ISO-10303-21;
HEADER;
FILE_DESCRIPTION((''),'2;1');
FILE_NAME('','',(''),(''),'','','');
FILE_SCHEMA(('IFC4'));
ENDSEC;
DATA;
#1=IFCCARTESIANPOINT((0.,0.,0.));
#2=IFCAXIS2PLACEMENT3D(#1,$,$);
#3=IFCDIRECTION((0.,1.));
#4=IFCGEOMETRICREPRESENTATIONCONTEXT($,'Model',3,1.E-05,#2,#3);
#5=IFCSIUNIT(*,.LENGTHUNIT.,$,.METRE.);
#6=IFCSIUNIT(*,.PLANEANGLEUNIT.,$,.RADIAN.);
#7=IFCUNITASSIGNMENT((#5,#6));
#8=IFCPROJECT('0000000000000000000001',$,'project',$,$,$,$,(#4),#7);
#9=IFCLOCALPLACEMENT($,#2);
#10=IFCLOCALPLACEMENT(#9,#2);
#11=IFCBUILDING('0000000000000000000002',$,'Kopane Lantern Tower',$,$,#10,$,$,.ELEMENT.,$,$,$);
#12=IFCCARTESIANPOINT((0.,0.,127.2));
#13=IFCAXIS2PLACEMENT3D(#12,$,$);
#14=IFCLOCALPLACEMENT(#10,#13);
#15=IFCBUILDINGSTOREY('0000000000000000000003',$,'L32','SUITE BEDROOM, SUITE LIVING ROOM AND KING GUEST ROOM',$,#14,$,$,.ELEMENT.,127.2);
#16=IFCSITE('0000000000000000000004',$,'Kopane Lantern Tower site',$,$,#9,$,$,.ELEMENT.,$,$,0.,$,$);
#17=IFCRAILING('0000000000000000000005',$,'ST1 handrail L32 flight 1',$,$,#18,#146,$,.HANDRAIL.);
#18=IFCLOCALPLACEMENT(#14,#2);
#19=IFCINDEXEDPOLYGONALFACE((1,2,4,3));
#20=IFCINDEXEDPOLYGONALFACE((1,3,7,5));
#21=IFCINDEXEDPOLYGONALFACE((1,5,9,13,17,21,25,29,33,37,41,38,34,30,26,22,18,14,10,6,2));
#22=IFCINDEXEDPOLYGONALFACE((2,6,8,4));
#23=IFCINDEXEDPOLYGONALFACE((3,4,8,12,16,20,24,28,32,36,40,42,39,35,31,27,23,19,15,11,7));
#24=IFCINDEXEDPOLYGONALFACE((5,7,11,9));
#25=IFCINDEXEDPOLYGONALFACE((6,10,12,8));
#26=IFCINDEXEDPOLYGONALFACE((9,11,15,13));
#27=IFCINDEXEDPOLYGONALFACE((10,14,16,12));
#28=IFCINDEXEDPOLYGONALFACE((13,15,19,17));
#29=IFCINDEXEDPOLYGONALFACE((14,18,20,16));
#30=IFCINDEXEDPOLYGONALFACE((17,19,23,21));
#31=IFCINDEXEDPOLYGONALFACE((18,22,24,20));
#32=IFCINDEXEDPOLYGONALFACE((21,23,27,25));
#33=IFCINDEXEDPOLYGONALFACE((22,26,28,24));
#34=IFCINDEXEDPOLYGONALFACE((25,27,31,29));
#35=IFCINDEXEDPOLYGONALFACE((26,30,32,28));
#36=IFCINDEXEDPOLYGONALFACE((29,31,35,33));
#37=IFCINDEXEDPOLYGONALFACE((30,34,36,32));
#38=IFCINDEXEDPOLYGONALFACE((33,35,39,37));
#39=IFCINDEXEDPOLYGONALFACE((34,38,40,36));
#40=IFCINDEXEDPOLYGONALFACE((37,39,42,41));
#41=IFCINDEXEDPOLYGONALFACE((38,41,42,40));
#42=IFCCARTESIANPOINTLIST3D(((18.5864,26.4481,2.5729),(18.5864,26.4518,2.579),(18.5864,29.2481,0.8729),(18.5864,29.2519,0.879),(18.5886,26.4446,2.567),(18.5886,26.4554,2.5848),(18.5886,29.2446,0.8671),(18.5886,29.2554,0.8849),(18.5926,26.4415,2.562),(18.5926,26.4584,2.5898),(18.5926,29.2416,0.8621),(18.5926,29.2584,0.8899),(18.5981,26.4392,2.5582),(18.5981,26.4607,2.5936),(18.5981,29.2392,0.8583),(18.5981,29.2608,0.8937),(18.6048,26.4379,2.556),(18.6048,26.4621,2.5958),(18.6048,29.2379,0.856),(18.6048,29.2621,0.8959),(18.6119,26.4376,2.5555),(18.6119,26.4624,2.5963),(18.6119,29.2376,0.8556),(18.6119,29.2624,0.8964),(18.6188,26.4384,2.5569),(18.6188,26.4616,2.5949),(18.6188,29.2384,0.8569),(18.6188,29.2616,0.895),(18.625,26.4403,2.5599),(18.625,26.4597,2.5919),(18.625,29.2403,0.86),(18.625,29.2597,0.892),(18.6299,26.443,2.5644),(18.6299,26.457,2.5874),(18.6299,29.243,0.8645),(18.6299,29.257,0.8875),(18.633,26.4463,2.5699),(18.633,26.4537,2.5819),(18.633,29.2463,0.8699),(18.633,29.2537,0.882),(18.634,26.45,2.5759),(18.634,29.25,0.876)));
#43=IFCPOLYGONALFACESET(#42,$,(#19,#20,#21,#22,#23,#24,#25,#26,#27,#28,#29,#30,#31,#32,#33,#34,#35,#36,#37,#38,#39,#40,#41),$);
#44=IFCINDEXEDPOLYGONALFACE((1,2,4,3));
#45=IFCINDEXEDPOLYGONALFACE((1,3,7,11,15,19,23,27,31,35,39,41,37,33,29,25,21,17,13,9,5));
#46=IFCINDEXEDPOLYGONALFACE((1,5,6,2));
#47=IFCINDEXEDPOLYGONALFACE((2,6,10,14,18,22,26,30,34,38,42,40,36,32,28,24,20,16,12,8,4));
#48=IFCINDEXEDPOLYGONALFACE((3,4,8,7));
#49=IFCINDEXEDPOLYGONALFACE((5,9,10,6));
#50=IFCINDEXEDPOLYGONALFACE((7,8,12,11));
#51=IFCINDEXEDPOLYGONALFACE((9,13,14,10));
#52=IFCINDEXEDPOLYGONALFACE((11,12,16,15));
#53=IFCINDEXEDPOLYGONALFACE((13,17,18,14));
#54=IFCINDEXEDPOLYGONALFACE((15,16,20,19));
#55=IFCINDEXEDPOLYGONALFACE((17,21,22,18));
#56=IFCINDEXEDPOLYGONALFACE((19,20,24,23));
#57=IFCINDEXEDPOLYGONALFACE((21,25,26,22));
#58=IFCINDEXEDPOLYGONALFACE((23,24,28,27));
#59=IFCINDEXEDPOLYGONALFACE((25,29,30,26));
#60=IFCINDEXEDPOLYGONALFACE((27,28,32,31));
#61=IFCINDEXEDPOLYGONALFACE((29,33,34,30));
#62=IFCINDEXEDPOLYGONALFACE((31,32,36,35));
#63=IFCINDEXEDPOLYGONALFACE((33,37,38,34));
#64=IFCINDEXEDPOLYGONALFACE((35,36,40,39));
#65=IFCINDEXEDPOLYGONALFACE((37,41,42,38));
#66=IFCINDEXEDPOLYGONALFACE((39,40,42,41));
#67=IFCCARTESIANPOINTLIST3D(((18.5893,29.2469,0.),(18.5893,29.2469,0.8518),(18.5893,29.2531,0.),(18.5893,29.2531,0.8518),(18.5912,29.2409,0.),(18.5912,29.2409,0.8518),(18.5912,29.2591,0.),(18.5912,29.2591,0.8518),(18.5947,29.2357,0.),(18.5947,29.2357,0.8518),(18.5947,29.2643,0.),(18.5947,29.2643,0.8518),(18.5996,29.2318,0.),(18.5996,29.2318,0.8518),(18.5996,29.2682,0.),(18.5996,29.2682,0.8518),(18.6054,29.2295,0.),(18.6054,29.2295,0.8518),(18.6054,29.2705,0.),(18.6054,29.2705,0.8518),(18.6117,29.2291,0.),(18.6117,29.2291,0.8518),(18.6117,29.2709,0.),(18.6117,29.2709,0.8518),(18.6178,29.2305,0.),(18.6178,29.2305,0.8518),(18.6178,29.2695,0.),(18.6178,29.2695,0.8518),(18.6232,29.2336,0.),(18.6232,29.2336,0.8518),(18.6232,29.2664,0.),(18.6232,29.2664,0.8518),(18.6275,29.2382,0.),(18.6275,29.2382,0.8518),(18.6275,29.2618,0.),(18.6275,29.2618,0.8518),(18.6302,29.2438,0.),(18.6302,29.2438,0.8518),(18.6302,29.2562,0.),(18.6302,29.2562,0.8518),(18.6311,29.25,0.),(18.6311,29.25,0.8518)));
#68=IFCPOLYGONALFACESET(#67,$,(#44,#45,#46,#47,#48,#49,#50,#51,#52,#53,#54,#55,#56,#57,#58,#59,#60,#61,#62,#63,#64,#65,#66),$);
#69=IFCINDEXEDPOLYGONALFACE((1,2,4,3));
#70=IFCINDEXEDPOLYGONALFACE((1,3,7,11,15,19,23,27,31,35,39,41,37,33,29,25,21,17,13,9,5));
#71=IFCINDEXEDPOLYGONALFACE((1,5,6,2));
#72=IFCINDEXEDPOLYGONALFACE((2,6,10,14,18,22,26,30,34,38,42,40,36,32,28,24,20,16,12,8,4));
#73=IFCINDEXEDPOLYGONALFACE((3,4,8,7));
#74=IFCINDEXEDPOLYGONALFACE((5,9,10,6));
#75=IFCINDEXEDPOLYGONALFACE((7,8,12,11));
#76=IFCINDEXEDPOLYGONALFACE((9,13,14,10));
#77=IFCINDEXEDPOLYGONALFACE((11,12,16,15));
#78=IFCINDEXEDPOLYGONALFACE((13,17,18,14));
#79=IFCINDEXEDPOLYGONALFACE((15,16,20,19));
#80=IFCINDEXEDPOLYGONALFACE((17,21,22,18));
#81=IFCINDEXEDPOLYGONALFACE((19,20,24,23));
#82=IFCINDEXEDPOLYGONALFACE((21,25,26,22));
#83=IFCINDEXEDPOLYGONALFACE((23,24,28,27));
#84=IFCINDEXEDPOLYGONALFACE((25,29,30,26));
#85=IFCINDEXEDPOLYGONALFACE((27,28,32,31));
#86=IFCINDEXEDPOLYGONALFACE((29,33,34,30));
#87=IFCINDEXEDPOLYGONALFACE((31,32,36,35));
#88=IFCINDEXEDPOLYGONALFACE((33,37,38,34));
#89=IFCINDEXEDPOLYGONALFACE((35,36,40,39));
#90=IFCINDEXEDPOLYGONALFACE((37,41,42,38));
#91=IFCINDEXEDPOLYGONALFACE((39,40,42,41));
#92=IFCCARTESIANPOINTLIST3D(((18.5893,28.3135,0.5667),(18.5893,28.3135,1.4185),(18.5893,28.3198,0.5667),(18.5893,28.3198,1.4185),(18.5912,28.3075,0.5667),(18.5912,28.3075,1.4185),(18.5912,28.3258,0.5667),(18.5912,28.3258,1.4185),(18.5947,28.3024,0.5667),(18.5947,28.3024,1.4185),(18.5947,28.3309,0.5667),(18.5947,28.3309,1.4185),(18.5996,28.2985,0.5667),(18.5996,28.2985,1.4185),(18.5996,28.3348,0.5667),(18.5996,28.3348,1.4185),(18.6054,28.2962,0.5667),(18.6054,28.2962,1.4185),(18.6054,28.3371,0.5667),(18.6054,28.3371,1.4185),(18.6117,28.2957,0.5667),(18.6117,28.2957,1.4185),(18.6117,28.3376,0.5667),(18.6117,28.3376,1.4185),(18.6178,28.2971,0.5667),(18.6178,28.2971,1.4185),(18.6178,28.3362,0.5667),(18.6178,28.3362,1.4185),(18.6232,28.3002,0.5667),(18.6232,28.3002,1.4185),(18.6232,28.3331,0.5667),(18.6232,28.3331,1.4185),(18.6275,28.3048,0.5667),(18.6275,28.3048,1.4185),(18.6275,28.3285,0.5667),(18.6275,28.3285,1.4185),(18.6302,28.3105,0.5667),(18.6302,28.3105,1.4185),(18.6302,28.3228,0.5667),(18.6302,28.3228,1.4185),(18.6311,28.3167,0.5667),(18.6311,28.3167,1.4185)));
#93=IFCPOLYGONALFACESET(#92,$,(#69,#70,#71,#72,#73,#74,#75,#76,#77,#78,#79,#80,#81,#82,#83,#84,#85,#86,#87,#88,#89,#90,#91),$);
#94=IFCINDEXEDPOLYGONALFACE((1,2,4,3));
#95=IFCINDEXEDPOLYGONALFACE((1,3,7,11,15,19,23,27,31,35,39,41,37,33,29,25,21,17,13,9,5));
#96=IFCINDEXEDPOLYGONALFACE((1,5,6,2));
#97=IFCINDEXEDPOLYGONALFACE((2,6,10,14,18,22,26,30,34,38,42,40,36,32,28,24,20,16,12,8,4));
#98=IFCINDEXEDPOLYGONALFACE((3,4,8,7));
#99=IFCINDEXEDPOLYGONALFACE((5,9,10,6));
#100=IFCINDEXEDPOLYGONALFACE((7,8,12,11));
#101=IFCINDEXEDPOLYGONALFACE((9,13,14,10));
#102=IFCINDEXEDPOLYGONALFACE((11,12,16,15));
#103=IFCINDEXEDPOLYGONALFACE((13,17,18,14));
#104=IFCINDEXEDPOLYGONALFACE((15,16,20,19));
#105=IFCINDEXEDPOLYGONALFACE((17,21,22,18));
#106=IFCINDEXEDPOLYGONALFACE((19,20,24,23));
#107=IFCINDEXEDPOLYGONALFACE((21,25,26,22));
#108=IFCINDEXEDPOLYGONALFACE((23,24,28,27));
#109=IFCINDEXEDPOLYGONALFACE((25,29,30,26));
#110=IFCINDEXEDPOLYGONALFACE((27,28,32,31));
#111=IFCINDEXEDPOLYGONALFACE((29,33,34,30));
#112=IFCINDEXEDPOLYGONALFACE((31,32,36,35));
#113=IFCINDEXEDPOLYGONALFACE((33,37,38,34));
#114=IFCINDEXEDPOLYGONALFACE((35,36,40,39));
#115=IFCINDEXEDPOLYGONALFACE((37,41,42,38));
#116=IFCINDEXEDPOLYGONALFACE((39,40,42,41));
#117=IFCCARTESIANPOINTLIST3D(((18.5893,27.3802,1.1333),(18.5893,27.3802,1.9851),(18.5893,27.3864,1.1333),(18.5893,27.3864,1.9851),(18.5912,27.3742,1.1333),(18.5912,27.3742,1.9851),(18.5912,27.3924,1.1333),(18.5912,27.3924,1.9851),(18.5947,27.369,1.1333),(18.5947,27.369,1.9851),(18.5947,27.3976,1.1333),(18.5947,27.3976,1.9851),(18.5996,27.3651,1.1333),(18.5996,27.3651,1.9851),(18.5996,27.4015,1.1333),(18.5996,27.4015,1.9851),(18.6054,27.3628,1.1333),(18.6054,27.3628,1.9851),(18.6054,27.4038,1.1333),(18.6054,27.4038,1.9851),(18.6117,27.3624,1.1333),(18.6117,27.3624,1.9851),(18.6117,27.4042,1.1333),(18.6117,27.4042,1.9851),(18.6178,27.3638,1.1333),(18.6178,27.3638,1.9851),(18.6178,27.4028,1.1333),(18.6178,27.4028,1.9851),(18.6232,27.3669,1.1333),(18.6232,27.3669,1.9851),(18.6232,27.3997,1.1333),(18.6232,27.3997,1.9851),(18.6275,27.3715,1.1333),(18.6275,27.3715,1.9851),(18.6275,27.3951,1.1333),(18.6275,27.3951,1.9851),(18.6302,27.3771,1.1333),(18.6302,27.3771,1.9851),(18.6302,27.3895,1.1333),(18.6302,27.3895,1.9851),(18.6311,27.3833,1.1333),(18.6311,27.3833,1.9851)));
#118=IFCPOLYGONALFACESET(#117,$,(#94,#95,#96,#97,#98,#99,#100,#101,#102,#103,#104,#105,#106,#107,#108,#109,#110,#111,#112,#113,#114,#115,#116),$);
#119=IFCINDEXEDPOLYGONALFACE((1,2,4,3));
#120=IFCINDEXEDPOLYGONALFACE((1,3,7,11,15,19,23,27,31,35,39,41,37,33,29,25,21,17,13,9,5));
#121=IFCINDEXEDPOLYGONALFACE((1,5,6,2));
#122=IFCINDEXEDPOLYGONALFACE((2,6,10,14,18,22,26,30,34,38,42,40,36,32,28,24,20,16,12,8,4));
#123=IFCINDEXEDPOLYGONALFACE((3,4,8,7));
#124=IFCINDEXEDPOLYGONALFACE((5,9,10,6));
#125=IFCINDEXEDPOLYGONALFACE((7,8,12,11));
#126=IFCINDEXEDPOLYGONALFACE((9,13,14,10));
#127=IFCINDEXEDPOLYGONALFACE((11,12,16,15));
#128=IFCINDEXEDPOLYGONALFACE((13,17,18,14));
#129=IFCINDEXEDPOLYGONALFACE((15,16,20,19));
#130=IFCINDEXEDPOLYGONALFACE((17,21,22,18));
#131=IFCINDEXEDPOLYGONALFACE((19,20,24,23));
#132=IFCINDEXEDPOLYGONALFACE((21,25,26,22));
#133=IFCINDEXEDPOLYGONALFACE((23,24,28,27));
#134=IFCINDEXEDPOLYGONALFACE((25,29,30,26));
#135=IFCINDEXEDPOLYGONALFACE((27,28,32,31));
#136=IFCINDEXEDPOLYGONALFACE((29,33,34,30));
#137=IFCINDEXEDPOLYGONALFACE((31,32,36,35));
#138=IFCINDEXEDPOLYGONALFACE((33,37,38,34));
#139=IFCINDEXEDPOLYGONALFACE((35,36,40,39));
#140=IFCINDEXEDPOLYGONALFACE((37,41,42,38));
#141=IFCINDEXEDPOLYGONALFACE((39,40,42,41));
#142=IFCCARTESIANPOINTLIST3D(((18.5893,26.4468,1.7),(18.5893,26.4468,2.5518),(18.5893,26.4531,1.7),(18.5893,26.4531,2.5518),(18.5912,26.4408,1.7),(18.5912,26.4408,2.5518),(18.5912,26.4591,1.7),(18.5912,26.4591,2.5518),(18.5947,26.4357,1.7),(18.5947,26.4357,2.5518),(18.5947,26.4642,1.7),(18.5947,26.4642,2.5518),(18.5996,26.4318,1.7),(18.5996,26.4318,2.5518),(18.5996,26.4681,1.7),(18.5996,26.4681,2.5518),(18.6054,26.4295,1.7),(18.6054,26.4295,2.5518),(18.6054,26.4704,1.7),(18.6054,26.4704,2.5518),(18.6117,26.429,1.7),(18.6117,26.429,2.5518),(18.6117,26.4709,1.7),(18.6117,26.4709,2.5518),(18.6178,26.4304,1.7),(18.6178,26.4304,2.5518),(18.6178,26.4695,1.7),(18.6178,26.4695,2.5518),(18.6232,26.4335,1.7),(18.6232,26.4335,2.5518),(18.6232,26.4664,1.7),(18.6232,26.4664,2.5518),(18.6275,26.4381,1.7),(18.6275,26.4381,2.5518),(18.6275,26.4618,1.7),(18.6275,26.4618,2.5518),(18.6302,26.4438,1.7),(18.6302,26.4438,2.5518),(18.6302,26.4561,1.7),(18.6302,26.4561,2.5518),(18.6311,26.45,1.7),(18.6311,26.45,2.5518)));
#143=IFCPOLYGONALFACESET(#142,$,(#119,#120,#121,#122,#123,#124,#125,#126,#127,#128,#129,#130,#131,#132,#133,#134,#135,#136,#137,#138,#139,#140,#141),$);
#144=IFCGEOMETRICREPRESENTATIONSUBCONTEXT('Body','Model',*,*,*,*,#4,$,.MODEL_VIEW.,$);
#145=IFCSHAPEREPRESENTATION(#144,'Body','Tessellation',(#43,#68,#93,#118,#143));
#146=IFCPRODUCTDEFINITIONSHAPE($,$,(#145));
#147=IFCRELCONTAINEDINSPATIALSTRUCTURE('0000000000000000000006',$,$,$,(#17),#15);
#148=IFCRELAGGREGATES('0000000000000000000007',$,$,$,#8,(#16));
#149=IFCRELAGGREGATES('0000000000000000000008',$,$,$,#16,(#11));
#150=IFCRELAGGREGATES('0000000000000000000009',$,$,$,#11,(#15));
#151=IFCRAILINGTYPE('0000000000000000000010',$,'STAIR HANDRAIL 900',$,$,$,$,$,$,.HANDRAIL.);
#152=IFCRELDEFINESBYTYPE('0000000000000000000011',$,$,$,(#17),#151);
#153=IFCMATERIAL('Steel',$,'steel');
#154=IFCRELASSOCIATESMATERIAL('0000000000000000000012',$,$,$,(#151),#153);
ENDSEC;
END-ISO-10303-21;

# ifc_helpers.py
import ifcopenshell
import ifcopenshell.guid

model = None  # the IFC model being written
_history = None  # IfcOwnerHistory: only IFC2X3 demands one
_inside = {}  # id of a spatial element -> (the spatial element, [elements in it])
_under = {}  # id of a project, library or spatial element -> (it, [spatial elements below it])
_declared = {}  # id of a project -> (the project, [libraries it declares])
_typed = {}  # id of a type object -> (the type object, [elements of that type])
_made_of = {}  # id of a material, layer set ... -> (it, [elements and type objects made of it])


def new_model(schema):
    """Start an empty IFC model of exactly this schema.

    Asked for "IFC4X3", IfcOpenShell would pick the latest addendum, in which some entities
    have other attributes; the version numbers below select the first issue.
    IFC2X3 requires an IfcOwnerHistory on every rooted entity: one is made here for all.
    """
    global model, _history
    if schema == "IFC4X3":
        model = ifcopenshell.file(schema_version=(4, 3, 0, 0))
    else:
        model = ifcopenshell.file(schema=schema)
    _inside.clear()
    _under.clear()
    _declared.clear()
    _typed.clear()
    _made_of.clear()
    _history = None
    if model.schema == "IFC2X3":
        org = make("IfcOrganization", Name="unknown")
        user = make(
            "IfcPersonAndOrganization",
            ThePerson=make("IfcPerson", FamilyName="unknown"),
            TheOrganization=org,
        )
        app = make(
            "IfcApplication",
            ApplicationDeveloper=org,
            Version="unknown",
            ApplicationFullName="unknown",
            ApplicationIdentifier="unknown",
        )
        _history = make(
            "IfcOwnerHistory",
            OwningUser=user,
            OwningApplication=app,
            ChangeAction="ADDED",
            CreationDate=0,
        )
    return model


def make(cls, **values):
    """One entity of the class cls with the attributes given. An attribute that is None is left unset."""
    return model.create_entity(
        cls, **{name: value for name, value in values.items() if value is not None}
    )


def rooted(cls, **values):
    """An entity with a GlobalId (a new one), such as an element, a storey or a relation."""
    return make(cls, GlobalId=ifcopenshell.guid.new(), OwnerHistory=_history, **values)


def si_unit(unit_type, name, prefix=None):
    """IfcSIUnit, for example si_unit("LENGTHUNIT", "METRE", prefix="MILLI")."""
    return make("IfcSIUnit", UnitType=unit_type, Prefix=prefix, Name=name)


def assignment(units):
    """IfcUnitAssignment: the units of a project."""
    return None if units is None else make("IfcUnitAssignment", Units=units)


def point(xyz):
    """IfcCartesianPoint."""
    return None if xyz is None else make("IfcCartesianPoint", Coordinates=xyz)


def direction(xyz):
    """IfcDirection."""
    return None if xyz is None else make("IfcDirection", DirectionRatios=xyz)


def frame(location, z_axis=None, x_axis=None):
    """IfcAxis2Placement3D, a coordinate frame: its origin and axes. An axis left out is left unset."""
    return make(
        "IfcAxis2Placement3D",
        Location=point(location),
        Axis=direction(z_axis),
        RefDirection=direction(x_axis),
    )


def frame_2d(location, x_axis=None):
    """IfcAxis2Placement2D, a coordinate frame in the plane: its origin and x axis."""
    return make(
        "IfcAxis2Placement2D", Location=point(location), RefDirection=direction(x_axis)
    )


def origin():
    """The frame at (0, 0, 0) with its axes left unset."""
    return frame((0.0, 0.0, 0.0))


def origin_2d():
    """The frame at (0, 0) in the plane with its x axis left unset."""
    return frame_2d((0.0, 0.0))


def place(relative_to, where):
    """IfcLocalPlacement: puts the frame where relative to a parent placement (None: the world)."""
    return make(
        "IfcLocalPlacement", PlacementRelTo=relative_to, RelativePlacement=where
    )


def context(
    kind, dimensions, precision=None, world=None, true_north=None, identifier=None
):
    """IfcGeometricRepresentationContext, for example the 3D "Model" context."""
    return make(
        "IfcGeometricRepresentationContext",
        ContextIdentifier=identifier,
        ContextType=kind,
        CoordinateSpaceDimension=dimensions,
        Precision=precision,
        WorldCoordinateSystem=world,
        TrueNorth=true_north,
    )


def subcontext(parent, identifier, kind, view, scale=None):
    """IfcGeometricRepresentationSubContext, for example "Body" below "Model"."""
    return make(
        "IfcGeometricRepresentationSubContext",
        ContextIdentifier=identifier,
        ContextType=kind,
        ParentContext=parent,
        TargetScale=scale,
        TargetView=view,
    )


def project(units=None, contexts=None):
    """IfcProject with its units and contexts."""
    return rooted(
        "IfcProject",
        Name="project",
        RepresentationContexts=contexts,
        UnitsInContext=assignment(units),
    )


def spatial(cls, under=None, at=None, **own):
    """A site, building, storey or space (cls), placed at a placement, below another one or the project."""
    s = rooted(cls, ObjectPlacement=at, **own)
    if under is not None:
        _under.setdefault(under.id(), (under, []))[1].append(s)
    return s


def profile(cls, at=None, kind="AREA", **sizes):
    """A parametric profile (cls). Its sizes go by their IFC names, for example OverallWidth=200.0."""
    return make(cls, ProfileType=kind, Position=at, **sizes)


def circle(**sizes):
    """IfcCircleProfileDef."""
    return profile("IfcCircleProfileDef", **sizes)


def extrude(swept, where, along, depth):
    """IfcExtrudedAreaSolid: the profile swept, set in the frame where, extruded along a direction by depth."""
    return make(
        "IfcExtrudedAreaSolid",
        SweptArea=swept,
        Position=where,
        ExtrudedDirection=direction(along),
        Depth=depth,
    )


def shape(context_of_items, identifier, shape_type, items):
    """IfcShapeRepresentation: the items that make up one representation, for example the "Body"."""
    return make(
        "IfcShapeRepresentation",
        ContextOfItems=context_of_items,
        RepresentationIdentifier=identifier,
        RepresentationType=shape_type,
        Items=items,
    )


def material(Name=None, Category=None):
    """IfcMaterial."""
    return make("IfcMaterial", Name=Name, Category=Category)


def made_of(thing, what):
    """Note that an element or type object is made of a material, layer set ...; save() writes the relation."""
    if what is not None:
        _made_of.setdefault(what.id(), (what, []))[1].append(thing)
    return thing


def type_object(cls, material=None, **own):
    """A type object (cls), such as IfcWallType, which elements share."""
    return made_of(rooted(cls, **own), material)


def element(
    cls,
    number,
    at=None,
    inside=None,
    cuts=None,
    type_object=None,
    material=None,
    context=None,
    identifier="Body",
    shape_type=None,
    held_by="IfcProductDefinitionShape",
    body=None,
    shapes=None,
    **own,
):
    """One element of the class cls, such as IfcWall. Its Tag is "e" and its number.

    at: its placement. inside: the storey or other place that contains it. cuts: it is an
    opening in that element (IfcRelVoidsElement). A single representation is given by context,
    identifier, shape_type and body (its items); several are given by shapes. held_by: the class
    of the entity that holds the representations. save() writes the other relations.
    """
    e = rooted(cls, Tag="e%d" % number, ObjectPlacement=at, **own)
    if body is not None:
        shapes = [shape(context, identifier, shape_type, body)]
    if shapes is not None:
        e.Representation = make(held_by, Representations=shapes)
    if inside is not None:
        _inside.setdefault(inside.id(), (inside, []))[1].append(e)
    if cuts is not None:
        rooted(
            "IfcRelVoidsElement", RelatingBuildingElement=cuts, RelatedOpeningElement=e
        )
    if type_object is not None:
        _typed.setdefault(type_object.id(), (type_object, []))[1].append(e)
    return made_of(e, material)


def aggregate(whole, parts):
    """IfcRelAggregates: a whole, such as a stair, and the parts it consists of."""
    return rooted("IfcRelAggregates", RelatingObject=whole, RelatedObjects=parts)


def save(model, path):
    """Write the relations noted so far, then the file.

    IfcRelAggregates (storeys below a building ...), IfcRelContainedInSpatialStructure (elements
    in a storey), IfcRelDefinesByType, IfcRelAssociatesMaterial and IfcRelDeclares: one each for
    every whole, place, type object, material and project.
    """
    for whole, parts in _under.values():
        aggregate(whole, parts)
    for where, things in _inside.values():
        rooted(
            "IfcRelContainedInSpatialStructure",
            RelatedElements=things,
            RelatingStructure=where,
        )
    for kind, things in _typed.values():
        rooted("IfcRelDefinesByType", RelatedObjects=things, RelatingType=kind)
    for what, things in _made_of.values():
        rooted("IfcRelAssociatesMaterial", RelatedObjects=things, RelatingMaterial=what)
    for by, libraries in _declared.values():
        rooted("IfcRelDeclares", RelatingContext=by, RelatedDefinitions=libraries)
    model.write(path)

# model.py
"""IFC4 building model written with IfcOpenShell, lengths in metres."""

from ifc_helpers import new_model, si_unit, direction, frame, origin, origin_2d, place, context, subcontext, project, spatial, circle, extrude, material, type_object, element, save


model = new_model("IFC4")

# Units and contexts
model_context = context("Model", 3, precision=1e-05, world=origin(), true_north=direction((0.0, 1.0)))
body_context = subcontext(model_context, "Body", "Model", "MODEL_VIEW")
ifc_project = project(units=[si_unit("LENGTHUNIT", "METRE"), si_unit("PLANEANGLEUNIT", "RADIAN")], contexts=[model_context])

# Site, building, storey
site_placement = place(None, origin())
site = spatial("IfcSite", under=ifc_project, at=site_placement, Name="Kopane Lantern Tower site", CompositionType="ELEMENT", RefElevation=0.0)
building_placement = place(site_placement, origin())
building = spatial("IfcBuilding", under=site, at=building_placement, Name="Kopane Lantern Tower", CompositionType="ELEMENT")
storey_placement = place(building_placement, frame((0.0, 0.0, 127.2)))
storey = spatial("IfcBuildingStorey", under=building, at=storey_placement, Name="L32", Description="SUITE BEDROOM, SUITE LIVING ROOM AND KING GUEST ROOM", CompositionType="ELEMENT", Elevation=127.2)

# Railing
ifc_material_1 = material(Name="Steel", Category="steel")
railing_type_1 = type_object("IfcRailingType", Name="STAIR HANDRAIL 900", PredefinedType="HANDRAIL", material=ifc_material_1)
for number, where, name in (
    (1, (18.6101, 29.25, 0.0), "ST1 handrail L32 flight 1"),
):
    element("IfcRailing", number, at=place(storey_placement, frame(where)), inside=storey, type_object=railing_type_1, Name=name, PredefinedType="HANDRAIL", context=body_context, shape_type="SweptSolid", body=[
        extrude(circle(Radius=0.0239, at=origin_2d()), frame((0.0, 0.0, 0.876), z_axis=(0.0, -0.854798, 0.518961), x_axis=(1.0, 0.0, 0.0)), (0.0, 0.0, 1.0), 3.2756),
        extrude(circle(Radius=0.021, at=origin_2d()), origin(), (0.0, 0.0, 1.0), 0.8518),
        extrude(circle(Radius=0.021, at=origin_2d()), frame((0.0, -0.9333, 0.5667)), (0.0, 0.0, 1.0), 0.8518),
        extrude(circle(Radius=0.021, at=origin_2d()), frame((0.0, -1.8667, 1.1333)), (0.0, 0.0, 1.0), 0.8518),
        extrude(circle(Radius=0.021, at=origin_2d()), frame((0.0, -2.8, 1.7)), (0.0, 0.0, 1.0), 0.8518),
    ])

save(model, "model.ifc")
